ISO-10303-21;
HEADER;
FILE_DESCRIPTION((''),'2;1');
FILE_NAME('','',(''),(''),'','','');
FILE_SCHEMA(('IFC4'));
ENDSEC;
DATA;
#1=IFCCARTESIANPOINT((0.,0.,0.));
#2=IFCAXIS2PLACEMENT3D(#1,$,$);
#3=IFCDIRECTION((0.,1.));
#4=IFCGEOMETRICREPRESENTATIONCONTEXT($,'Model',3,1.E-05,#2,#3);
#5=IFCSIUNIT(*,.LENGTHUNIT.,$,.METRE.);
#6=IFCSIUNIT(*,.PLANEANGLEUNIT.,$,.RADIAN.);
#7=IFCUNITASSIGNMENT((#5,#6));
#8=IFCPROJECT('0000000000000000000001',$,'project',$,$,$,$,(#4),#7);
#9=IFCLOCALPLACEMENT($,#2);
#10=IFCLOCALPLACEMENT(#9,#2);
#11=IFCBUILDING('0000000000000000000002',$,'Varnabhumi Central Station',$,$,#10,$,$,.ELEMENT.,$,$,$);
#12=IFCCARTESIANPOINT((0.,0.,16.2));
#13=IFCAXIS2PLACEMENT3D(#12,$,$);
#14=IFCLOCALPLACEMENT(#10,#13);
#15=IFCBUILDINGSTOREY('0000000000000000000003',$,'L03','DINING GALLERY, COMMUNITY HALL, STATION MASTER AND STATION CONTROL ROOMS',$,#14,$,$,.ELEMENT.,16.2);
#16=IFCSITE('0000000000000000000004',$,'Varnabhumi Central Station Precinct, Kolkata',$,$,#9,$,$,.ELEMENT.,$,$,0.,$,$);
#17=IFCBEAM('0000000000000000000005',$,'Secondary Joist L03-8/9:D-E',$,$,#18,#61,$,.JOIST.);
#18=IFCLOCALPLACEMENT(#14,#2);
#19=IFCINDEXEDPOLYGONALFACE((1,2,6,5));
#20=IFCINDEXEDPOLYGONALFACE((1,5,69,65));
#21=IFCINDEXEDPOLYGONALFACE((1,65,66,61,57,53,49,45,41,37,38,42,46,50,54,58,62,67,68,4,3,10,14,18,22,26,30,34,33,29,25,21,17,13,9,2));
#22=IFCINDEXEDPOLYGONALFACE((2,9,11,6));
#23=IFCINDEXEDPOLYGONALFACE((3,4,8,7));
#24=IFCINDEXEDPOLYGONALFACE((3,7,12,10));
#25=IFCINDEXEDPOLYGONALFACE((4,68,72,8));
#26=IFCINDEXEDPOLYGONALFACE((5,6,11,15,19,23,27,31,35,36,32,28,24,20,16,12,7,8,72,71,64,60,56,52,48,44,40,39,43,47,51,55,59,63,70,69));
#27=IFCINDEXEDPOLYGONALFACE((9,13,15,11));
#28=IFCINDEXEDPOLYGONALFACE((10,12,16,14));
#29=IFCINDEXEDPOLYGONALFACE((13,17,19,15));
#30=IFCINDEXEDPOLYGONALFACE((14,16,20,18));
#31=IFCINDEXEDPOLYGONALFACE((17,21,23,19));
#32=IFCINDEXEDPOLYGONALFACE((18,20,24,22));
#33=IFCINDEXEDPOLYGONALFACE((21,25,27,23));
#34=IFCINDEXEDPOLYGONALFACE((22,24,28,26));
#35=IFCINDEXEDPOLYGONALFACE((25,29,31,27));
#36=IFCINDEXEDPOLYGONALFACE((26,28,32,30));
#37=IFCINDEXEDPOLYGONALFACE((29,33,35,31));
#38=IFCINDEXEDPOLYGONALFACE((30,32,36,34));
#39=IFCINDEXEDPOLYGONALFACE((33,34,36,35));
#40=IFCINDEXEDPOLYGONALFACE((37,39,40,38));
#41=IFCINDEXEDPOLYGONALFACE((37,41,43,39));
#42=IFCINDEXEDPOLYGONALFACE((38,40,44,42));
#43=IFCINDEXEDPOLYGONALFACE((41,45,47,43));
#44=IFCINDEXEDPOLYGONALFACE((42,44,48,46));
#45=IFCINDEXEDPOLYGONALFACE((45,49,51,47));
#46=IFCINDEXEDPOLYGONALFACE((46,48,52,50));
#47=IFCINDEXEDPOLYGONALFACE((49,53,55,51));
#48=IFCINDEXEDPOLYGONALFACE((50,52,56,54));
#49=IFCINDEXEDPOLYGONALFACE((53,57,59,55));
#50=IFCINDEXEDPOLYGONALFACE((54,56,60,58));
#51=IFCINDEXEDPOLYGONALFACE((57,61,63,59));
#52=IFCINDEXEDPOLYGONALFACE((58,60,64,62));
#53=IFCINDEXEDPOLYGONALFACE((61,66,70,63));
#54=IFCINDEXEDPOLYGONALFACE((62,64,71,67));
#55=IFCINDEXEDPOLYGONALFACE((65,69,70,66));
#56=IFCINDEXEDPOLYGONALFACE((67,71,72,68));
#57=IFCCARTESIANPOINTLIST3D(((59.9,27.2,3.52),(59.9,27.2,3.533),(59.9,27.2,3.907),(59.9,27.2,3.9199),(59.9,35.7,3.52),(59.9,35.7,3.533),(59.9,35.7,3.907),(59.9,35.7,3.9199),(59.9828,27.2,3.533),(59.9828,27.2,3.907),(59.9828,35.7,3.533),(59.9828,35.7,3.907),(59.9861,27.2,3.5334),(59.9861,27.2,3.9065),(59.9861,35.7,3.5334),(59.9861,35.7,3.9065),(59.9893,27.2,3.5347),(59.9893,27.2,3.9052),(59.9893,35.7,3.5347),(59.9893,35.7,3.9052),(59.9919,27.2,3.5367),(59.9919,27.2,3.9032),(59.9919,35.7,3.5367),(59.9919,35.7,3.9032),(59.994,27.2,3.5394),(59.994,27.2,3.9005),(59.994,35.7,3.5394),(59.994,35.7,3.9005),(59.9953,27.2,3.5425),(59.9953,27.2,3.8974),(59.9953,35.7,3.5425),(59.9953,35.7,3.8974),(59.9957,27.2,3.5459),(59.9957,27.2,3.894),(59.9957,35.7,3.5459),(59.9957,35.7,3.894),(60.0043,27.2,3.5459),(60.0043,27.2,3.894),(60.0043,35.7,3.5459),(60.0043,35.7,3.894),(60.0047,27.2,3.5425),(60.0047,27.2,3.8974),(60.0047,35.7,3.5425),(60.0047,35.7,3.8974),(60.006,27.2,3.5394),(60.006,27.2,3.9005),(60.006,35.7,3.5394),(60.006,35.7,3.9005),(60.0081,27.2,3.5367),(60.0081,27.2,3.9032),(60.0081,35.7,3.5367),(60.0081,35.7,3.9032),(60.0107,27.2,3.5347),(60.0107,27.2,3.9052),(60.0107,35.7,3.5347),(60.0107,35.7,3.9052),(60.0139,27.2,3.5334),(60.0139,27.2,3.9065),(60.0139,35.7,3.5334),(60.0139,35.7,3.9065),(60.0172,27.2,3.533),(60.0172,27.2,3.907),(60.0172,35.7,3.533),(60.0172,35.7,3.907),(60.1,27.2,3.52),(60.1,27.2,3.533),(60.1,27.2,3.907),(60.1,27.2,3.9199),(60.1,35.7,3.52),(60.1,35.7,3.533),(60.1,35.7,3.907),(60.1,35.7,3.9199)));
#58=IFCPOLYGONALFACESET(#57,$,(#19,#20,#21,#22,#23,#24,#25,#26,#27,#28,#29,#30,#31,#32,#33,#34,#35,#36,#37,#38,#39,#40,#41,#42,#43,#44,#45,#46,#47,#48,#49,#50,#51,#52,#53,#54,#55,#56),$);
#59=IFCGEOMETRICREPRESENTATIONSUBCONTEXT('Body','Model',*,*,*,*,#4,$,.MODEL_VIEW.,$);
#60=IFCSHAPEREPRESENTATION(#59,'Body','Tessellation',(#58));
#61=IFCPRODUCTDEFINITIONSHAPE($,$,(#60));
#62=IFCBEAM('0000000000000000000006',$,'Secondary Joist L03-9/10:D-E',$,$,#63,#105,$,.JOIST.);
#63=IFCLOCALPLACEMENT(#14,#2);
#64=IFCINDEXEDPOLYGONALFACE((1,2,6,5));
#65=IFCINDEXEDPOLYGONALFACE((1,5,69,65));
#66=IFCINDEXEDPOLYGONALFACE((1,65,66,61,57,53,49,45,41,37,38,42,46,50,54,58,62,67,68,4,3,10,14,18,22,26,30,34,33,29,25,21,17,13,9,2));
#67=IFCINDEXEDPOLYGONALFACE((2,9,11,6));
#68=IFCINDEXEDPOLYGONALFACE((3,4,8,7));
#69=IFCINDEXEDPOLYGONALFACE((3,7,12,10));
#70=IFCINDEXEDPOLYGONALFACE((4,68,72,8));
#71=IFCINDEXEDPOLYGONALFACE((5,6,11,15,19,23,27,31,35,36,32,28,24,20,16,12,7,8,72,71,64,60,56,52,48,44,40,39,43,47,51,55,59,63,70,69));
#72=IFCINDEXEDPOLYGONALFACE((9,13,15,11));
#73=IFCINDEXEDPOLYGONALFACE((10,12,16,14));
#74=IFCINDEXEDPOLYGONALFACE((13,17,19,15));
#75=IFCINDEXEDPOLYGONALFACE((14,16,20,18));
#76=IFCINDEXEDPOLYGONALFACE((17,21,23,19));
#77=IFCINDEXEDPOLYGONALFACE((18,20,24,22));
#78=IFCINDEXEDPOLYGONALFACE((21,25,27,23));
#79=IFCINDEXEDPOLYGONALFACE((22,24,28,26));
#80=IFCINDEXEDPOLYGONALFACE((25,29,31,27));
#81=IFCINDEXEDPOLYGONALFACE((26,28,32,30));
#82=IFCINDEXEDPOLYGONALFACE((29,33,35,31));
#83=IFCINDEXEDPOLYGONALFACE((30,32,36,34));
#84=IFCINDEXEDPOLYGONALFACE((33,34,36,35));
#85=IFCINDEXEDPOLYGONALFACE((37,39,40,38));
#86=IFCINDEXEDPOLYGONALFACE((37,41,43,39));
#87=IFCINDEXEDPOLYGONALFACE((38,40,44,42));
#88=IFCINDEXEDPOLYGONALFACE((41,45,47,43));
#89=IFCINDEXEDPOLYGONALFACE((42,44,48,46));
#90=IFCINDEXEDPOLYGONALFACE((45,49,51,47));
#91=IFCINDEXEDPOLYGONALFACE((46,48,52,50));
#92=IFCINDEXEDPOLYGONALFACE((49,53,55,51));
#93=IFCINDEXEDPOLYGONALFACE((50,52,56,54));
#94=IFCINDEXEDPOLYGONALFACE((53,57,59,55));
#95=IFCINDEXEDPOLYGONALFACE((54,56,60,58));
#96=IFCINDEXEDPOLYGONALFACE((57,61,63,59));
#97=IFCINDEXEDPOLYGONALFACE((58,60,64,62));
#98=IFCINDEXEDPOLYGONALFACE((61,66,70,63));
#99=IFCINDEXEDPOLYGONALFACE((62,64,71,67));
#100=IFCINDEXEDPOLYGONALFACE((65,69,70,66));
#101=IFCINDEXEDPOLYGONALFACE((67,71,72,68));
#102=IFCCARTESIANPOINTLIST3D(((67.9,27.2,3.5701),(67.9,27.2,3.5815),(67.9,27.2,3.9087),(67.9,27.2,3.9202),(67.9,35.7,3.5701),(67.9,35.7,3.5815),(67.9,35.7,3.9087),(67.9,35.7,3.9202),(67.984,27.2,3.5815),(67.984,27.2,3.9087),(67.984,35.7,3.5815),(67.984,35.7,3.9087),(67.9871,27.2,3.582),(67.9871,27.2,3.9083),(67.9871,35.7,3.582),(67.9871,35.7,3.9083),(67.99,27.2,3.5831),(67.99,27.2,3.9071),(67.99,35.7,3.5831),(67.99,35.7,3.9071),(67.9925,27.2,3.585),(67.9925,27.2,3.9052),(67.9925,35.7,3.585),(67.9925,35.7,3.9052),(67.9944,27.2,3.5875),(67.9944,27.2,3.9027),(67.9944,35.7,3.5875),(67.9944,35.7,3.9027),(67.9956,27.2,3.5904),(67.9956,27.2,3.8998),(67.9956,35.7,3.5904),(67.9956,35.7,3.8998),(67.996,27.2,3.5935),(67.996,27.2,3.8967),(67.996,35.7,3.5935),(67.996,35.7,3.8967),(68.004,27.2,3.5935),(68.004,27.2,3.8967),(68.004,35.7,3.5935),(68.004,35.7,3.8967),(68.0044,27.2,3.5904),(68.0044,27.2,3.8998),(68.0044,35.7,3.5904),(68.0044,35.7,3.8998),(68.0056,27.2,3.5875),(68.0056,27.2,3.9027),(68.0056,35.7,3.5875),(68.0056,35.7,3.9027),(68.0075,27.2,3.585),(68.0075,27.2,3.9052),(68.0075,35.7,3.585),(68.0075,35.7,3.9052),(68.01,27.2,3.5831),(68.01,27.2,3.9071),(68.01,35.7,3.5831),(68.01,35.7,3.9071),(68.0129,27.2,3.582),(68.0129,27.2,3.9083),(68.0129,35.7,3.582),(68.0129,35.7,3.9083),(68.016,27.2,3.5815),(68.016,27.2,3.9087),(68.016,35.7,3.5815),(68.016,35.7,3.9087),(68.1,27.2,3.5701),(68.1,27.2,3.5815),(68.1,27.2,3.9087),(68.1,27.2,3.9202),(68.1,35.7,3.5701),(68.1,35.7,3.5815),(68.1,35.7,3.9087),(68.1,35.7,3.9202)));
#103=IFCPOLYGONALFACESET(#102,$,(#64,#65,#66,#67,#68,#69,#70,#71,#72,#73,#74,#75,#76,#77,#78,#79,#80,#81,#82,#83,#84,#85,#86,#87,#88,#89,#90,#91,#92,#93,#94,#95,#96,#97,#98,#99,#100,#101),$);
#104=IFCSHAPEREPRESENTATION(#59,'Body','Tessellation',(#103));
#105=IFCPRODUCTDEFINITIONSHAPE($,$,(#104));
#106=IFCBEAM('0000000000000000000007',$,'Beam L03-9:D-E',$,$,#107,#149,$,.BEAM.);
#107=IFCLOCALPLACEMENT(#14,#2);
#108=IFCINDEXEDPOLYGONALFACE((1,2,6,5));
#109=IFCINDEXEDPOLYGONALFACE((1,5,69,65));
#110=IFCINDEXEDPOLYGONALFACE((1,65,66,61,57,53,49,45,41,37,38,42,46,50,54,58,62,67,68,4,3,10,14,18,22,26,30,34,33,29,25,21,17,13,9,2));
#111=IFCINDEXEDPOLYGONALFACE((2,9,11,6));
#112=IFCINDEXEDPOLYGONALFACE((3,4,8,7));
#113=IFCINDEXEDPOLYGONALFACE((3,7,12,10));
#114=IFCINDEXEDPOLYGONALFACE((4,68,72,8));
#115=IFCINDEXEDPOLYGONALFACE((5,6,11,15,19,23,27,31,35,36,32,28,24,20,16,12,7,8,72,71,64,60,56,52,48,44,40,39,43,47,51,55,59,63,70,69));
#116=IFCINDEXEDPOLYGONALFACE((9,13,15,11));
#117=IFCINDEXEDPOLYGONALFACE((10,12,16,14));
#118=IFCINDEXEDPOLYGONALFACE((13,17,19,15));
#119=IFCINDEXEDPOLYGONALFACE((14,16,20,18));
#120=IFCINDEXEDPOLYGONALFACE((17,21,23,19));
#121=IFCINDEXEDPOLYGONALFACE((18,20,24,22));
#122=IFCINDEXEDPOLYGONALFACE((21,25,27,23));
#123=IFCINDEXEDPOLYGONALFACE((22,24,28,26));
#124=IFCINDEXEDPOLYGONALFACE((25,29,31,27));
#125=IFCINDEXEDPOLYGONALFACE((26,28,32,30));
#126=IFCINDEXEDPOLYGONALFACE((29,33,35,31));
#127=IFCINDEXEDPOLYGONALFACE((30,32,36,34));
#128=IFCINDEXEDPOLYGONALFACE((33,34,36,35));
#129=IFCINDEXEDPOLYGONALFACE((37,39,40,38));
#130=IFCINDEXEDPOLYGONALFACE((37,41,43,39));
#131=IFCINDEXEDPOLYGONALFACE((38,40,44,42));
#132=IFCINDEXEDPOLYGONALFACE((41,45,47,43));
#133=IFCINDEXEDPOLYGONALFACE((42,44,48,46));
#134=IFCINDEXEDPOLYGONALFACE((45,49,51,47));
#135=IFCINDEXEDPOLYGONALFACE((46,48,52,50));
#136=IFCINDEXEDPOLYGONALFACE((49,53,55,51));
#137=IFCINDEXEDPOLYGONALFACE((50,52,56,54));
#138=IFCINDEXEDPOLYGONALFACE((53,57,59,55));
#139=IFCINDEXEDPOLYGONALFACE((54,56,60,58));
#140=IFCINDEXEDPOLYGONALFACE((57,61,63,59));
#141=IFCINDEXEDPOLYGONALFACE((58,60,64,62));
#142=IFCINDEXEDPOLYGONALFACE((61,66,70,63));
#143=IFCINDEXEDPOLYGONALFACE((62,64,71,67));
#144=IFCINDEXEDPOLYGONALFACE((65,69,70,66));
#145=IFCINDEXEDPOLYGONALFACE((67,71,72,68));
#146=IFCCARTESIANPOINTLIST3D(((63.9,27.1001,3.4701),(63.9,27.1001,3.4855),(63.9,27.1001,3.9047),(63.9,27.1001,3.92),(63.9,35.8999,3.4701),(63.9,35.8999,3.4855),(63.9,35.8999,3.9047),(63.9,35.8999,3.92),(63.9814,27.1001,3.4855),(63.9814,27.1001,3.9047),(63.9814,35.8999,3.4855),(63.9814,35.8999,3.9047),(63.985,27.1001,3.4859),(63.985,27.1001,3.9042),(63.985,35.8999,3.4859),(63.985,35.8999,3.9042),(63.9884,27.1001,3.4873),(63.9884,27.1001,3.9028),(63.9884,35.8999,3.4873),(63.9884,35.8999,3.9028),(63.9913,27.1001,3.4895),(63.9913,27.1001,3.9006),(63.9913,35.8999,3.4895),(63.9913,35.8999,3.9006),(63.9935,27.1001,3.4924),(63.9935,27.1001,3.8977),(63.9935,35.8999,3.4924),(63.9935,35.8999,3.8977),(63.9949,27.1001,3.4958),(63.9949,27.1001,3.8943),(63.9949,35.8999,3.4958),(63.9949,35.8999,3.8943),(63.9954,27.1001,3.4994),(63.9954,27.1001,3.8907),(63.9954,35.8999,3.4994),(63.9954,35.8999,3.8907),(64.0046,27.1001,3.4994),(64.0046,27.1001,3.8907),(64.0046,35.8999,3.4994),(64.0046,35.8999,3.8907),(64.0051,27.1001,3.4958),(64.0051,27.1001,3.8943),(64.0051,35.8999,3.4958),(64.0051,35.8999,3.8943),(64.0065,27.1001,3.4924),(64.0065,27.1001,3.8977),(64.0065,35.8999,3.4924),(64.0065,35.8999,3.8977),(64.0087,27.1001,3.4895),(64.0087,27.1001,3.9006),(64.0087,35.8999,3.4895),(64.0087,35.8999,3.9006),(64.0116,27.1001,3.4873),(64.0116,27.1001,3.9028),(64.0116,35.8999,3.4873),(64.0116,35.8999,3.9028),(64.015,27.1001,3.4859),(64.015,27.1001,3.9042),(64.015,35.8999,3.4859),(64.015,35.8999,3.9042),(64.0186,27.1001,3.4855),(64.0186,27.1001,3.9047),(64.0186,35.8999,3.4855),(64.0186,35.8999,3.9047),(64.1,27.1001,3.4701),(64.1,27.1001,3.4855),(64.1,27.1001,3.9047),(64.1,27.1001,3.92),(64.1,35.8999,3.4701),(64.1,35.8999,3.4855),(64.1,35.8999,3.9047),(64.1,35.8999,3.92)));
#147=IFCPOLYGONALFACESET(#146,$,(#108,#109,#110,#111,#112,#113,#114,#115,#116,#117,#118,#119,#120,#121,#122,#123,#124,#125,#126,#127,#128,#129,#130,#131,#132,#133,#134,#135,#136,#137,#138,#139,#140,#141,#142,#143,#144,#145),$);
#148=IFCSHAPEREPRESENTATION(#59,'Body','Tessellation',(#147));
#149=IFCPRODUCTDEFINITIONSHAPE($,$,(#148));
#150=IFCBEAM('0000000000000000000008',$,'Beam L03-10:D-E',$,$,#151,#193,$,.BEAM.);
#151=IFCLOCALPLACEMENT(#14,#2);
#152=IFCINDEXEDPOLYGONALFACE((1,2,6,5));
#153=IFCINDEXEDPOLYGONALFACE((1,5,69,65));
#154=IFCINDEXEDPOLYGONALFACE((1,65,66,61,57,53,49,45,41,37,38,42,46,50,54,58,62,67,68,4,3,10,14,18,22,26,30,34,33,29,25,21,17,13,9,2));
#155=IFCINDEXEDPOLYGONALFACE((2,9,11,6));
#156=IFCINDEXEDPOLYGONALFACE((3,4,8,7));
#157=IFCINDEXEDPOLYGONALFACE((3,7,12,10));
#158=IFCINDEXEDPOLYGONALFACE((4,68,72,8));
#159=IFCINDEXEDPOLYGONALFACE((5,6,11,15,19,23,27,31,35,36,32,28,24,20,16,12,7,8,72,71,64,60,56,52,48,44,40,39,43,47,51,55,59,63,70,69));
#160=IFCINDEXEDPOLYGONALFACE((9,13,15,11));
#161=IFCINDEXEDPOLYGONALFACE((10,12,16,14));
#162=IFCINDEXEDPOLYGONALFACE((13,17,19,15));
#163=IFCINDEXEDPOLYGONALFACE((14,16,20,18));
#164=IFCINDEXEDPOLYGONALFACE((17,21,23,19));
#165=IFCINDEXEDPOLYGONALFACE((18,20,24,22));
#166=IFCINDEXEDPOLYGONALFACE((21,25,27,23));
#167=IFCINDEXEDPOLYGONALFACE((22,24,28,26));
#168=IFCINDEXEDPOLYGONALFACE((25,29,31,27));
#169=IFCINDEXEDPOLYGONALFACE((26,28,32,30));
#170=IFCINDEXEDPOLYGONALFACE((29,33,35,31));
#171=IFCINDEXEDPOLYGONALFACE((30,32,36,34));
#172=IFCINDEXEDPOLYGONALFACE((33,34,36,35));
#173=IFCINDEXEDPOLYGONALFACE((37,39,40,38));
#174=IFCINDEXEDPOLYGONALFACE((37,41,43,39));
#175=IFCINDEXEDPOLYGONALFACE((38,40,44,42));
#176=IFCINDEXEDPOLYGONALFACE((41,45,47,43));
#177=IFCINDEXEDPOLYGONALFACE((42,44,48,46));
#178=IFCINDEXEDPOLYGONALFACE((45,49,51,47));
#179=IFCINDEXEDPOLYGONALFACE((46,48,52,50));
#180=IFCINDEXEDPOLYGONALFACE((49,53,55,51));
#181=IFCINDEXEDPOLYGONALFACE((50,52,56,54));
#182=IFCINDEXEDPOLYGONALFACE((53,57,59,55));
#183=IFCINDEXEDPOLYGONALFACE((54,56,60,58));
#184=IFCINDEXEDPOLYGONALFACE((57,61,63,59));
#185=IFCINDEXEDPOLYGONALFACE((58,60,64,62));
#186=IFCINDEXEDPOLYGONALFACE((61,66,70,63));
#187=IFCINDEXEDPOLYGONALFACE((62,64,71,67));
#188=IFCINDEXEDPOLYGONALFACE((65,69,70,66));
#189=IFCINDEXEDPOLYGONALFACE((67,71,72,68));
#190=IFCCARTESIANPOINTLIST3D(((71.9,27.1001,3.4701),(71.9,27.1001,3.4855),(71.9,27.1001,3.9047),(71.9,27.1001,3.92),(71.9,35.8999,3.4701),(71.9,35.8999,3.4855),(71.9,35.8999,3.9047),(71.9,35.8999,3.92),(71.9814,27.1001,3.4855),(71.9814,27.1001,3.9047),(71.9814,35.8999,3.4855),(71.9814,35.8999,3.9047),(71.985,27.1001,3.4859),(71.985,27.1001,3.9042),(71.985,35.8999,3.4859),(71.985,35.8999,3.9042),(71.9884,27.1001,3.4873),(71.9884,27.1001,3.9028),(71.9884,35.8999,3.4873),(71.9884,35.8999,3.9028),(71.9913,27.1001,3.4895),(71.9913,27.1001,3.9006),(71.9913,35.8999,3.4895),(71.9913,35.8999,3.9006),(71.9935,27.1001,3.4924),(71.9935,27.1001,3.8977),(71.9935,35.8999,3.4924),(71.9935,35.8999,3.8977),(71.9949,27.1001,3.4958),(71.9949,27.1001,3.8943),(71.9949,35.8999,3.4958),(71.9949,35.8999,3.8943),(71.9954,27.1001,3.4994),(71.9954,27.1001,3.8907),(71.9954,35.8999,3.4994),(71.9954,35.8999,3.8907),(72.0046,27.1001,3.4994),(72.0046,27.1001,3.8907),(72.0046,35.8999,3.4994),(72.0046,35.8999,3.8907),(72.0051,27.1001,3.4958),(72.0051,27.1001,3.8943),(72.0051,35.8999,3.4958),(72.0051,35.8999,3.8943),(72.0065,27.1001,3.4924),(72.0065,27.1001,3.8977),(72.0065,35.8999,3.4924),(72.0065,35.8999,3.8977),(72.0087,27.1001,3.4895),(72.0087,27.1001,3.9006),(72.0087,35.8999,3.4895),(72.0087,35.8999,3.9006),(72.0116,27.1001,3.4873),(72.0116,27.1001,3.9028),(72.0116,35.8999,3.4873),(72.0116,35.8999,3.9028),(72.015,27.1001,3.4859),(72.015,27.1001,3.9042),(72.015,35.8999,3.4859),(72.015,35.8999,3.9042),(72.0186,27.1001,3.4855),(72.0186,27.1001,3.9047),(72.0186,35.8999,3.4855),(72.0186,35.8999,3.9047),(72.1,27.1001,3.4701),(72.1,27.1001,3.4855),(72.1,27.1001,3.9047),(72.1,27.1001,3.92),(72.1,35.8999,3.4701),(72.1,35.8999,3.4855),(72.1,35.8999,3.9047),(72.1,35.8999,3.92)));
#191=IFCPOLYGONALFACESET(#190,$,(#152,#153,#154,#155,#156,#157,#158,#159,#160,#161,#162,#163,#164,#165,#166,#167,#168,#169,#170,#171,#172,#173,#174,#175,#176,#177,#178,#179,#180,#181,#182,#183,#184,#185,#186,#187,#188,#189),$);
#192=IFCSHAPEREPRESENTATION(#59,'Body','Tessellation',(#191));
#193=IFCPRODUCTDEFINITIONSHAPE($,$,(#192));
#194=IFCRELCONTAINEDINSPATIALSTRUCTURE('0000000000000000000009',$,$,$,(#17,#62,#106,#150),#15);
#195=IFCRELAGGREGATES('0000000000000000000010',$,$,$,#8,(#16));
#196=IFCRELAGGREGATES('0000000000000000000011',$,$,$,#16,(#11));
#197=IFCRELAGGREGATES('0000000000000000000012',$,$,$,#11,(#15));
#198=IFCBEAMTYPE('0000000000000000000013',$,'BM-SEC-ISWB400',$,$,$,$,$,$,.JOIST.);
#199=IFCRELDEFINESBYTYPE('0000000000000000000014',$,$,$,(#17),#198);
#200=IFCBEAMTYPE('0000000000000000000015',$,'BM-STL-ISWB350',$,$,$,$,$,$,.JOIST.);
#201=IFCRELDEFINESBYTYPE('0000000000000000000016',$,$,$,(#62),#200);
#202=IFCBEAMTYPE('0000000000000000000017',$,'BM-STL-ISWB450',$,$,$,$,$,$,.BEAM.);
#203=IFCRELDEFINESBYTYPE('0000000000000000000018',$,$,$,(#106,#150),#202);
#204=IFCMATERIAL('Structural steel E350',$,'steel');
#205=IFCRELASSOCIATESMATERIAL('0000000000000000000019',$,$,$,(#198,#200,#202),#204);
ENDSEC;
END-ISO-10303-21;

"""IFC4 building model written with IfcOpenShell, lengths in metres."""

from ifc_helpers import new_model, si_unit, direction, frame, origin, origin_2d, place, context, subcontext, project, spatial, i_section, extrude, material, material_profile, profile_set, type_object, element, save


model = new_model("IFC4")

# Units and contexts
model_context = context("Model", 3, precision=1e-05, world=origin(), true_north=direction((0.0, 1.0)))
body_context = subcontext(model_context, "Body", "Model", "MODEL_VIEW")
ifc_project = project(units=[si_unit("LENGTHUNIT", "METRE"), si_unit("PLANEANGLEUNIT", "RADIAN")], contexts=[model_context])

# Site, building, storey
site_placement = place(None, origin())
site = spatial("IfcSite", under=ifc_project, at=site_placement, Name="Varnabhumi Central Station Precinct, Kolkata", CompositionType="ELEMENT", RefElevation=0.0)
building_placement = place(site_placement, origin())
building = spatial("IfcBuilding", under=site, at=building_placement, Name="Varnabhumi Central Station", CompositionType="ELEMENT")
storey_placement = place(building_placement, frame((0.0, 0.0, 16.2)))
storey = spatial("IfcBuildingStorey", under=building, at=storey_placement, Name="L03", Description="DINING GALLERY, COMMUNITY HALL, STATION MASTER AND STATION CONTROL ROOMS", CompositionType="ELEMENT", Elevation=16.2)

# Beams
ifc_material_1 = material(Name="Structural steel E350", Category="steel")
ifc_material_profile_1 = material_profile(ifc_material_1, i_section(OverallWidth=0.2, OverallDepth=0.3999, WebThickness=0.0085, FlangeThickness=0.0129, FilletRadius=0.0129, at=origin_2d()), Name="Structural steel E350", Category="steel")
ifc_profile_set_1 = profile_set([ifc_material_profile_1], Name="Structural steel E350")
beam_type_1 = type_object("IfcBeamType", Name="BM-SEC-ISWB400", PredefinedType="JOIST", material=ifc_profile_set_1)
beam_1_placement = place(storey_placement, frame((60.0, 27.2, 3.72), z_axis=(0.0, 1.0, 0.0), x_axis=(-1.0, 0.0, 0.0)))
element("IfcBeam", 1, at=beam_1_placement, inside=storey, type_object=beam_type_1, Name="Secondary Joist L03-8/9:D-E", PredefinedType="JOIST", context=body_context, shape_type="SweptSolid", body=[
    extrude(i_section(OverallWidth=0.2, OverallDepth=0.3999, WebThickness=0.0085, FlangeThickness=0.0129, FilletRadius=0.0129, at=origin_2d()), origin(), (0.0, 0.0, 1.0), 8.5),
])
ifc_material_profile_2 = material_profile(ifc_material_1, i_section(OverallWidth=0.2, OverallDepth=0.3501, WebThickness=0.0081, FlangeThickness=0.0115, FilletRadius=0.012, at=origin_2d()), Name="Structural steel E350", Category="steel")
ifc_profile_set_2 = profile_set([ifc_material_profile_2], Name="Structural steel E350")
beam_type_2 = type_object("IfcBeamType", Name="BM-STL-ISWB350", PredefinedType="JOIST", material=ifc_profile_set_2)
beam_2_placement = place(storey_placement, frame((68.0, 27.2, 3.7451), z_axis=(0.0, 1.0, 0.0), x_axis=(-1.0, 0.0, 0.0)))
element("IfcBeam", 2, at=beam_2_placement, inside=storey, type_object=beam_type_2, Name="Secondary Joist L03-9/10:D-E", PredefinedType="JOIST", context=body_context, shape_type="SweptSolid", body=[
    extrude(i_section(OverallWidth=0.2, OverallDepth=0.3501, WebThickness=0.0081, FlangeThickness=0.0115, FilletRadius=0.012, at=origin_2d()), origin(), (0.0, 0.0, 1.0), 8.5),
])
ifc_material_profile_3 = material_profile(ifc_material_1, i_section(OverallWidth=0.2, OverallDepth=0.45, WebThickness=0.0093, FlangeThickness=0.0154, FilletRadius=0.0139, at=origin_2d()), Name="Structural steel E350", Category="steel")
ifc_profile_set_3 = profile_set([ifc_material_profile_3], Name="Structural steel E350")
beam_type_3 = type_object("IfcBeamType", Name="BM-STL-ISWB450", PredefinedType="BEAM", material=ifc_profile_set_3)
for number, where, z_axis, x_axis, name in (
    (3, (64.0, 27.1001, 3.6951), (0.0, 1.0, 0.0), (-1.0, 0.0, 0.0), "Beam L03-9:D-E"),
    (4, (72.0, 27.1001, 3.6951), (0.0, 1.0, 0.0), (-1.0, 0.0, 0.0), "Beam L03-10:D-E"),
):
    element("IfcBeam", number, at=place(storey_placement, frame(where, z_axis=z_axis, x_axis=x_axis)), inside=storey, type_object=beam_type_3, Name=name, PredefinedType="BEAM", context=body_context, shape_type="SweptSolid", body=[
        extrude(i_section(OverallWidth=0.2, OverallDepth=0.45, WebThickness=0.0093, FlangeThickness=0.0154, FilletRadius=0.0139, at=origin_2d()), origin(), (0.0, 0.0, 1.0), 8.7998),
    ])

save(model, "model.ifc")
